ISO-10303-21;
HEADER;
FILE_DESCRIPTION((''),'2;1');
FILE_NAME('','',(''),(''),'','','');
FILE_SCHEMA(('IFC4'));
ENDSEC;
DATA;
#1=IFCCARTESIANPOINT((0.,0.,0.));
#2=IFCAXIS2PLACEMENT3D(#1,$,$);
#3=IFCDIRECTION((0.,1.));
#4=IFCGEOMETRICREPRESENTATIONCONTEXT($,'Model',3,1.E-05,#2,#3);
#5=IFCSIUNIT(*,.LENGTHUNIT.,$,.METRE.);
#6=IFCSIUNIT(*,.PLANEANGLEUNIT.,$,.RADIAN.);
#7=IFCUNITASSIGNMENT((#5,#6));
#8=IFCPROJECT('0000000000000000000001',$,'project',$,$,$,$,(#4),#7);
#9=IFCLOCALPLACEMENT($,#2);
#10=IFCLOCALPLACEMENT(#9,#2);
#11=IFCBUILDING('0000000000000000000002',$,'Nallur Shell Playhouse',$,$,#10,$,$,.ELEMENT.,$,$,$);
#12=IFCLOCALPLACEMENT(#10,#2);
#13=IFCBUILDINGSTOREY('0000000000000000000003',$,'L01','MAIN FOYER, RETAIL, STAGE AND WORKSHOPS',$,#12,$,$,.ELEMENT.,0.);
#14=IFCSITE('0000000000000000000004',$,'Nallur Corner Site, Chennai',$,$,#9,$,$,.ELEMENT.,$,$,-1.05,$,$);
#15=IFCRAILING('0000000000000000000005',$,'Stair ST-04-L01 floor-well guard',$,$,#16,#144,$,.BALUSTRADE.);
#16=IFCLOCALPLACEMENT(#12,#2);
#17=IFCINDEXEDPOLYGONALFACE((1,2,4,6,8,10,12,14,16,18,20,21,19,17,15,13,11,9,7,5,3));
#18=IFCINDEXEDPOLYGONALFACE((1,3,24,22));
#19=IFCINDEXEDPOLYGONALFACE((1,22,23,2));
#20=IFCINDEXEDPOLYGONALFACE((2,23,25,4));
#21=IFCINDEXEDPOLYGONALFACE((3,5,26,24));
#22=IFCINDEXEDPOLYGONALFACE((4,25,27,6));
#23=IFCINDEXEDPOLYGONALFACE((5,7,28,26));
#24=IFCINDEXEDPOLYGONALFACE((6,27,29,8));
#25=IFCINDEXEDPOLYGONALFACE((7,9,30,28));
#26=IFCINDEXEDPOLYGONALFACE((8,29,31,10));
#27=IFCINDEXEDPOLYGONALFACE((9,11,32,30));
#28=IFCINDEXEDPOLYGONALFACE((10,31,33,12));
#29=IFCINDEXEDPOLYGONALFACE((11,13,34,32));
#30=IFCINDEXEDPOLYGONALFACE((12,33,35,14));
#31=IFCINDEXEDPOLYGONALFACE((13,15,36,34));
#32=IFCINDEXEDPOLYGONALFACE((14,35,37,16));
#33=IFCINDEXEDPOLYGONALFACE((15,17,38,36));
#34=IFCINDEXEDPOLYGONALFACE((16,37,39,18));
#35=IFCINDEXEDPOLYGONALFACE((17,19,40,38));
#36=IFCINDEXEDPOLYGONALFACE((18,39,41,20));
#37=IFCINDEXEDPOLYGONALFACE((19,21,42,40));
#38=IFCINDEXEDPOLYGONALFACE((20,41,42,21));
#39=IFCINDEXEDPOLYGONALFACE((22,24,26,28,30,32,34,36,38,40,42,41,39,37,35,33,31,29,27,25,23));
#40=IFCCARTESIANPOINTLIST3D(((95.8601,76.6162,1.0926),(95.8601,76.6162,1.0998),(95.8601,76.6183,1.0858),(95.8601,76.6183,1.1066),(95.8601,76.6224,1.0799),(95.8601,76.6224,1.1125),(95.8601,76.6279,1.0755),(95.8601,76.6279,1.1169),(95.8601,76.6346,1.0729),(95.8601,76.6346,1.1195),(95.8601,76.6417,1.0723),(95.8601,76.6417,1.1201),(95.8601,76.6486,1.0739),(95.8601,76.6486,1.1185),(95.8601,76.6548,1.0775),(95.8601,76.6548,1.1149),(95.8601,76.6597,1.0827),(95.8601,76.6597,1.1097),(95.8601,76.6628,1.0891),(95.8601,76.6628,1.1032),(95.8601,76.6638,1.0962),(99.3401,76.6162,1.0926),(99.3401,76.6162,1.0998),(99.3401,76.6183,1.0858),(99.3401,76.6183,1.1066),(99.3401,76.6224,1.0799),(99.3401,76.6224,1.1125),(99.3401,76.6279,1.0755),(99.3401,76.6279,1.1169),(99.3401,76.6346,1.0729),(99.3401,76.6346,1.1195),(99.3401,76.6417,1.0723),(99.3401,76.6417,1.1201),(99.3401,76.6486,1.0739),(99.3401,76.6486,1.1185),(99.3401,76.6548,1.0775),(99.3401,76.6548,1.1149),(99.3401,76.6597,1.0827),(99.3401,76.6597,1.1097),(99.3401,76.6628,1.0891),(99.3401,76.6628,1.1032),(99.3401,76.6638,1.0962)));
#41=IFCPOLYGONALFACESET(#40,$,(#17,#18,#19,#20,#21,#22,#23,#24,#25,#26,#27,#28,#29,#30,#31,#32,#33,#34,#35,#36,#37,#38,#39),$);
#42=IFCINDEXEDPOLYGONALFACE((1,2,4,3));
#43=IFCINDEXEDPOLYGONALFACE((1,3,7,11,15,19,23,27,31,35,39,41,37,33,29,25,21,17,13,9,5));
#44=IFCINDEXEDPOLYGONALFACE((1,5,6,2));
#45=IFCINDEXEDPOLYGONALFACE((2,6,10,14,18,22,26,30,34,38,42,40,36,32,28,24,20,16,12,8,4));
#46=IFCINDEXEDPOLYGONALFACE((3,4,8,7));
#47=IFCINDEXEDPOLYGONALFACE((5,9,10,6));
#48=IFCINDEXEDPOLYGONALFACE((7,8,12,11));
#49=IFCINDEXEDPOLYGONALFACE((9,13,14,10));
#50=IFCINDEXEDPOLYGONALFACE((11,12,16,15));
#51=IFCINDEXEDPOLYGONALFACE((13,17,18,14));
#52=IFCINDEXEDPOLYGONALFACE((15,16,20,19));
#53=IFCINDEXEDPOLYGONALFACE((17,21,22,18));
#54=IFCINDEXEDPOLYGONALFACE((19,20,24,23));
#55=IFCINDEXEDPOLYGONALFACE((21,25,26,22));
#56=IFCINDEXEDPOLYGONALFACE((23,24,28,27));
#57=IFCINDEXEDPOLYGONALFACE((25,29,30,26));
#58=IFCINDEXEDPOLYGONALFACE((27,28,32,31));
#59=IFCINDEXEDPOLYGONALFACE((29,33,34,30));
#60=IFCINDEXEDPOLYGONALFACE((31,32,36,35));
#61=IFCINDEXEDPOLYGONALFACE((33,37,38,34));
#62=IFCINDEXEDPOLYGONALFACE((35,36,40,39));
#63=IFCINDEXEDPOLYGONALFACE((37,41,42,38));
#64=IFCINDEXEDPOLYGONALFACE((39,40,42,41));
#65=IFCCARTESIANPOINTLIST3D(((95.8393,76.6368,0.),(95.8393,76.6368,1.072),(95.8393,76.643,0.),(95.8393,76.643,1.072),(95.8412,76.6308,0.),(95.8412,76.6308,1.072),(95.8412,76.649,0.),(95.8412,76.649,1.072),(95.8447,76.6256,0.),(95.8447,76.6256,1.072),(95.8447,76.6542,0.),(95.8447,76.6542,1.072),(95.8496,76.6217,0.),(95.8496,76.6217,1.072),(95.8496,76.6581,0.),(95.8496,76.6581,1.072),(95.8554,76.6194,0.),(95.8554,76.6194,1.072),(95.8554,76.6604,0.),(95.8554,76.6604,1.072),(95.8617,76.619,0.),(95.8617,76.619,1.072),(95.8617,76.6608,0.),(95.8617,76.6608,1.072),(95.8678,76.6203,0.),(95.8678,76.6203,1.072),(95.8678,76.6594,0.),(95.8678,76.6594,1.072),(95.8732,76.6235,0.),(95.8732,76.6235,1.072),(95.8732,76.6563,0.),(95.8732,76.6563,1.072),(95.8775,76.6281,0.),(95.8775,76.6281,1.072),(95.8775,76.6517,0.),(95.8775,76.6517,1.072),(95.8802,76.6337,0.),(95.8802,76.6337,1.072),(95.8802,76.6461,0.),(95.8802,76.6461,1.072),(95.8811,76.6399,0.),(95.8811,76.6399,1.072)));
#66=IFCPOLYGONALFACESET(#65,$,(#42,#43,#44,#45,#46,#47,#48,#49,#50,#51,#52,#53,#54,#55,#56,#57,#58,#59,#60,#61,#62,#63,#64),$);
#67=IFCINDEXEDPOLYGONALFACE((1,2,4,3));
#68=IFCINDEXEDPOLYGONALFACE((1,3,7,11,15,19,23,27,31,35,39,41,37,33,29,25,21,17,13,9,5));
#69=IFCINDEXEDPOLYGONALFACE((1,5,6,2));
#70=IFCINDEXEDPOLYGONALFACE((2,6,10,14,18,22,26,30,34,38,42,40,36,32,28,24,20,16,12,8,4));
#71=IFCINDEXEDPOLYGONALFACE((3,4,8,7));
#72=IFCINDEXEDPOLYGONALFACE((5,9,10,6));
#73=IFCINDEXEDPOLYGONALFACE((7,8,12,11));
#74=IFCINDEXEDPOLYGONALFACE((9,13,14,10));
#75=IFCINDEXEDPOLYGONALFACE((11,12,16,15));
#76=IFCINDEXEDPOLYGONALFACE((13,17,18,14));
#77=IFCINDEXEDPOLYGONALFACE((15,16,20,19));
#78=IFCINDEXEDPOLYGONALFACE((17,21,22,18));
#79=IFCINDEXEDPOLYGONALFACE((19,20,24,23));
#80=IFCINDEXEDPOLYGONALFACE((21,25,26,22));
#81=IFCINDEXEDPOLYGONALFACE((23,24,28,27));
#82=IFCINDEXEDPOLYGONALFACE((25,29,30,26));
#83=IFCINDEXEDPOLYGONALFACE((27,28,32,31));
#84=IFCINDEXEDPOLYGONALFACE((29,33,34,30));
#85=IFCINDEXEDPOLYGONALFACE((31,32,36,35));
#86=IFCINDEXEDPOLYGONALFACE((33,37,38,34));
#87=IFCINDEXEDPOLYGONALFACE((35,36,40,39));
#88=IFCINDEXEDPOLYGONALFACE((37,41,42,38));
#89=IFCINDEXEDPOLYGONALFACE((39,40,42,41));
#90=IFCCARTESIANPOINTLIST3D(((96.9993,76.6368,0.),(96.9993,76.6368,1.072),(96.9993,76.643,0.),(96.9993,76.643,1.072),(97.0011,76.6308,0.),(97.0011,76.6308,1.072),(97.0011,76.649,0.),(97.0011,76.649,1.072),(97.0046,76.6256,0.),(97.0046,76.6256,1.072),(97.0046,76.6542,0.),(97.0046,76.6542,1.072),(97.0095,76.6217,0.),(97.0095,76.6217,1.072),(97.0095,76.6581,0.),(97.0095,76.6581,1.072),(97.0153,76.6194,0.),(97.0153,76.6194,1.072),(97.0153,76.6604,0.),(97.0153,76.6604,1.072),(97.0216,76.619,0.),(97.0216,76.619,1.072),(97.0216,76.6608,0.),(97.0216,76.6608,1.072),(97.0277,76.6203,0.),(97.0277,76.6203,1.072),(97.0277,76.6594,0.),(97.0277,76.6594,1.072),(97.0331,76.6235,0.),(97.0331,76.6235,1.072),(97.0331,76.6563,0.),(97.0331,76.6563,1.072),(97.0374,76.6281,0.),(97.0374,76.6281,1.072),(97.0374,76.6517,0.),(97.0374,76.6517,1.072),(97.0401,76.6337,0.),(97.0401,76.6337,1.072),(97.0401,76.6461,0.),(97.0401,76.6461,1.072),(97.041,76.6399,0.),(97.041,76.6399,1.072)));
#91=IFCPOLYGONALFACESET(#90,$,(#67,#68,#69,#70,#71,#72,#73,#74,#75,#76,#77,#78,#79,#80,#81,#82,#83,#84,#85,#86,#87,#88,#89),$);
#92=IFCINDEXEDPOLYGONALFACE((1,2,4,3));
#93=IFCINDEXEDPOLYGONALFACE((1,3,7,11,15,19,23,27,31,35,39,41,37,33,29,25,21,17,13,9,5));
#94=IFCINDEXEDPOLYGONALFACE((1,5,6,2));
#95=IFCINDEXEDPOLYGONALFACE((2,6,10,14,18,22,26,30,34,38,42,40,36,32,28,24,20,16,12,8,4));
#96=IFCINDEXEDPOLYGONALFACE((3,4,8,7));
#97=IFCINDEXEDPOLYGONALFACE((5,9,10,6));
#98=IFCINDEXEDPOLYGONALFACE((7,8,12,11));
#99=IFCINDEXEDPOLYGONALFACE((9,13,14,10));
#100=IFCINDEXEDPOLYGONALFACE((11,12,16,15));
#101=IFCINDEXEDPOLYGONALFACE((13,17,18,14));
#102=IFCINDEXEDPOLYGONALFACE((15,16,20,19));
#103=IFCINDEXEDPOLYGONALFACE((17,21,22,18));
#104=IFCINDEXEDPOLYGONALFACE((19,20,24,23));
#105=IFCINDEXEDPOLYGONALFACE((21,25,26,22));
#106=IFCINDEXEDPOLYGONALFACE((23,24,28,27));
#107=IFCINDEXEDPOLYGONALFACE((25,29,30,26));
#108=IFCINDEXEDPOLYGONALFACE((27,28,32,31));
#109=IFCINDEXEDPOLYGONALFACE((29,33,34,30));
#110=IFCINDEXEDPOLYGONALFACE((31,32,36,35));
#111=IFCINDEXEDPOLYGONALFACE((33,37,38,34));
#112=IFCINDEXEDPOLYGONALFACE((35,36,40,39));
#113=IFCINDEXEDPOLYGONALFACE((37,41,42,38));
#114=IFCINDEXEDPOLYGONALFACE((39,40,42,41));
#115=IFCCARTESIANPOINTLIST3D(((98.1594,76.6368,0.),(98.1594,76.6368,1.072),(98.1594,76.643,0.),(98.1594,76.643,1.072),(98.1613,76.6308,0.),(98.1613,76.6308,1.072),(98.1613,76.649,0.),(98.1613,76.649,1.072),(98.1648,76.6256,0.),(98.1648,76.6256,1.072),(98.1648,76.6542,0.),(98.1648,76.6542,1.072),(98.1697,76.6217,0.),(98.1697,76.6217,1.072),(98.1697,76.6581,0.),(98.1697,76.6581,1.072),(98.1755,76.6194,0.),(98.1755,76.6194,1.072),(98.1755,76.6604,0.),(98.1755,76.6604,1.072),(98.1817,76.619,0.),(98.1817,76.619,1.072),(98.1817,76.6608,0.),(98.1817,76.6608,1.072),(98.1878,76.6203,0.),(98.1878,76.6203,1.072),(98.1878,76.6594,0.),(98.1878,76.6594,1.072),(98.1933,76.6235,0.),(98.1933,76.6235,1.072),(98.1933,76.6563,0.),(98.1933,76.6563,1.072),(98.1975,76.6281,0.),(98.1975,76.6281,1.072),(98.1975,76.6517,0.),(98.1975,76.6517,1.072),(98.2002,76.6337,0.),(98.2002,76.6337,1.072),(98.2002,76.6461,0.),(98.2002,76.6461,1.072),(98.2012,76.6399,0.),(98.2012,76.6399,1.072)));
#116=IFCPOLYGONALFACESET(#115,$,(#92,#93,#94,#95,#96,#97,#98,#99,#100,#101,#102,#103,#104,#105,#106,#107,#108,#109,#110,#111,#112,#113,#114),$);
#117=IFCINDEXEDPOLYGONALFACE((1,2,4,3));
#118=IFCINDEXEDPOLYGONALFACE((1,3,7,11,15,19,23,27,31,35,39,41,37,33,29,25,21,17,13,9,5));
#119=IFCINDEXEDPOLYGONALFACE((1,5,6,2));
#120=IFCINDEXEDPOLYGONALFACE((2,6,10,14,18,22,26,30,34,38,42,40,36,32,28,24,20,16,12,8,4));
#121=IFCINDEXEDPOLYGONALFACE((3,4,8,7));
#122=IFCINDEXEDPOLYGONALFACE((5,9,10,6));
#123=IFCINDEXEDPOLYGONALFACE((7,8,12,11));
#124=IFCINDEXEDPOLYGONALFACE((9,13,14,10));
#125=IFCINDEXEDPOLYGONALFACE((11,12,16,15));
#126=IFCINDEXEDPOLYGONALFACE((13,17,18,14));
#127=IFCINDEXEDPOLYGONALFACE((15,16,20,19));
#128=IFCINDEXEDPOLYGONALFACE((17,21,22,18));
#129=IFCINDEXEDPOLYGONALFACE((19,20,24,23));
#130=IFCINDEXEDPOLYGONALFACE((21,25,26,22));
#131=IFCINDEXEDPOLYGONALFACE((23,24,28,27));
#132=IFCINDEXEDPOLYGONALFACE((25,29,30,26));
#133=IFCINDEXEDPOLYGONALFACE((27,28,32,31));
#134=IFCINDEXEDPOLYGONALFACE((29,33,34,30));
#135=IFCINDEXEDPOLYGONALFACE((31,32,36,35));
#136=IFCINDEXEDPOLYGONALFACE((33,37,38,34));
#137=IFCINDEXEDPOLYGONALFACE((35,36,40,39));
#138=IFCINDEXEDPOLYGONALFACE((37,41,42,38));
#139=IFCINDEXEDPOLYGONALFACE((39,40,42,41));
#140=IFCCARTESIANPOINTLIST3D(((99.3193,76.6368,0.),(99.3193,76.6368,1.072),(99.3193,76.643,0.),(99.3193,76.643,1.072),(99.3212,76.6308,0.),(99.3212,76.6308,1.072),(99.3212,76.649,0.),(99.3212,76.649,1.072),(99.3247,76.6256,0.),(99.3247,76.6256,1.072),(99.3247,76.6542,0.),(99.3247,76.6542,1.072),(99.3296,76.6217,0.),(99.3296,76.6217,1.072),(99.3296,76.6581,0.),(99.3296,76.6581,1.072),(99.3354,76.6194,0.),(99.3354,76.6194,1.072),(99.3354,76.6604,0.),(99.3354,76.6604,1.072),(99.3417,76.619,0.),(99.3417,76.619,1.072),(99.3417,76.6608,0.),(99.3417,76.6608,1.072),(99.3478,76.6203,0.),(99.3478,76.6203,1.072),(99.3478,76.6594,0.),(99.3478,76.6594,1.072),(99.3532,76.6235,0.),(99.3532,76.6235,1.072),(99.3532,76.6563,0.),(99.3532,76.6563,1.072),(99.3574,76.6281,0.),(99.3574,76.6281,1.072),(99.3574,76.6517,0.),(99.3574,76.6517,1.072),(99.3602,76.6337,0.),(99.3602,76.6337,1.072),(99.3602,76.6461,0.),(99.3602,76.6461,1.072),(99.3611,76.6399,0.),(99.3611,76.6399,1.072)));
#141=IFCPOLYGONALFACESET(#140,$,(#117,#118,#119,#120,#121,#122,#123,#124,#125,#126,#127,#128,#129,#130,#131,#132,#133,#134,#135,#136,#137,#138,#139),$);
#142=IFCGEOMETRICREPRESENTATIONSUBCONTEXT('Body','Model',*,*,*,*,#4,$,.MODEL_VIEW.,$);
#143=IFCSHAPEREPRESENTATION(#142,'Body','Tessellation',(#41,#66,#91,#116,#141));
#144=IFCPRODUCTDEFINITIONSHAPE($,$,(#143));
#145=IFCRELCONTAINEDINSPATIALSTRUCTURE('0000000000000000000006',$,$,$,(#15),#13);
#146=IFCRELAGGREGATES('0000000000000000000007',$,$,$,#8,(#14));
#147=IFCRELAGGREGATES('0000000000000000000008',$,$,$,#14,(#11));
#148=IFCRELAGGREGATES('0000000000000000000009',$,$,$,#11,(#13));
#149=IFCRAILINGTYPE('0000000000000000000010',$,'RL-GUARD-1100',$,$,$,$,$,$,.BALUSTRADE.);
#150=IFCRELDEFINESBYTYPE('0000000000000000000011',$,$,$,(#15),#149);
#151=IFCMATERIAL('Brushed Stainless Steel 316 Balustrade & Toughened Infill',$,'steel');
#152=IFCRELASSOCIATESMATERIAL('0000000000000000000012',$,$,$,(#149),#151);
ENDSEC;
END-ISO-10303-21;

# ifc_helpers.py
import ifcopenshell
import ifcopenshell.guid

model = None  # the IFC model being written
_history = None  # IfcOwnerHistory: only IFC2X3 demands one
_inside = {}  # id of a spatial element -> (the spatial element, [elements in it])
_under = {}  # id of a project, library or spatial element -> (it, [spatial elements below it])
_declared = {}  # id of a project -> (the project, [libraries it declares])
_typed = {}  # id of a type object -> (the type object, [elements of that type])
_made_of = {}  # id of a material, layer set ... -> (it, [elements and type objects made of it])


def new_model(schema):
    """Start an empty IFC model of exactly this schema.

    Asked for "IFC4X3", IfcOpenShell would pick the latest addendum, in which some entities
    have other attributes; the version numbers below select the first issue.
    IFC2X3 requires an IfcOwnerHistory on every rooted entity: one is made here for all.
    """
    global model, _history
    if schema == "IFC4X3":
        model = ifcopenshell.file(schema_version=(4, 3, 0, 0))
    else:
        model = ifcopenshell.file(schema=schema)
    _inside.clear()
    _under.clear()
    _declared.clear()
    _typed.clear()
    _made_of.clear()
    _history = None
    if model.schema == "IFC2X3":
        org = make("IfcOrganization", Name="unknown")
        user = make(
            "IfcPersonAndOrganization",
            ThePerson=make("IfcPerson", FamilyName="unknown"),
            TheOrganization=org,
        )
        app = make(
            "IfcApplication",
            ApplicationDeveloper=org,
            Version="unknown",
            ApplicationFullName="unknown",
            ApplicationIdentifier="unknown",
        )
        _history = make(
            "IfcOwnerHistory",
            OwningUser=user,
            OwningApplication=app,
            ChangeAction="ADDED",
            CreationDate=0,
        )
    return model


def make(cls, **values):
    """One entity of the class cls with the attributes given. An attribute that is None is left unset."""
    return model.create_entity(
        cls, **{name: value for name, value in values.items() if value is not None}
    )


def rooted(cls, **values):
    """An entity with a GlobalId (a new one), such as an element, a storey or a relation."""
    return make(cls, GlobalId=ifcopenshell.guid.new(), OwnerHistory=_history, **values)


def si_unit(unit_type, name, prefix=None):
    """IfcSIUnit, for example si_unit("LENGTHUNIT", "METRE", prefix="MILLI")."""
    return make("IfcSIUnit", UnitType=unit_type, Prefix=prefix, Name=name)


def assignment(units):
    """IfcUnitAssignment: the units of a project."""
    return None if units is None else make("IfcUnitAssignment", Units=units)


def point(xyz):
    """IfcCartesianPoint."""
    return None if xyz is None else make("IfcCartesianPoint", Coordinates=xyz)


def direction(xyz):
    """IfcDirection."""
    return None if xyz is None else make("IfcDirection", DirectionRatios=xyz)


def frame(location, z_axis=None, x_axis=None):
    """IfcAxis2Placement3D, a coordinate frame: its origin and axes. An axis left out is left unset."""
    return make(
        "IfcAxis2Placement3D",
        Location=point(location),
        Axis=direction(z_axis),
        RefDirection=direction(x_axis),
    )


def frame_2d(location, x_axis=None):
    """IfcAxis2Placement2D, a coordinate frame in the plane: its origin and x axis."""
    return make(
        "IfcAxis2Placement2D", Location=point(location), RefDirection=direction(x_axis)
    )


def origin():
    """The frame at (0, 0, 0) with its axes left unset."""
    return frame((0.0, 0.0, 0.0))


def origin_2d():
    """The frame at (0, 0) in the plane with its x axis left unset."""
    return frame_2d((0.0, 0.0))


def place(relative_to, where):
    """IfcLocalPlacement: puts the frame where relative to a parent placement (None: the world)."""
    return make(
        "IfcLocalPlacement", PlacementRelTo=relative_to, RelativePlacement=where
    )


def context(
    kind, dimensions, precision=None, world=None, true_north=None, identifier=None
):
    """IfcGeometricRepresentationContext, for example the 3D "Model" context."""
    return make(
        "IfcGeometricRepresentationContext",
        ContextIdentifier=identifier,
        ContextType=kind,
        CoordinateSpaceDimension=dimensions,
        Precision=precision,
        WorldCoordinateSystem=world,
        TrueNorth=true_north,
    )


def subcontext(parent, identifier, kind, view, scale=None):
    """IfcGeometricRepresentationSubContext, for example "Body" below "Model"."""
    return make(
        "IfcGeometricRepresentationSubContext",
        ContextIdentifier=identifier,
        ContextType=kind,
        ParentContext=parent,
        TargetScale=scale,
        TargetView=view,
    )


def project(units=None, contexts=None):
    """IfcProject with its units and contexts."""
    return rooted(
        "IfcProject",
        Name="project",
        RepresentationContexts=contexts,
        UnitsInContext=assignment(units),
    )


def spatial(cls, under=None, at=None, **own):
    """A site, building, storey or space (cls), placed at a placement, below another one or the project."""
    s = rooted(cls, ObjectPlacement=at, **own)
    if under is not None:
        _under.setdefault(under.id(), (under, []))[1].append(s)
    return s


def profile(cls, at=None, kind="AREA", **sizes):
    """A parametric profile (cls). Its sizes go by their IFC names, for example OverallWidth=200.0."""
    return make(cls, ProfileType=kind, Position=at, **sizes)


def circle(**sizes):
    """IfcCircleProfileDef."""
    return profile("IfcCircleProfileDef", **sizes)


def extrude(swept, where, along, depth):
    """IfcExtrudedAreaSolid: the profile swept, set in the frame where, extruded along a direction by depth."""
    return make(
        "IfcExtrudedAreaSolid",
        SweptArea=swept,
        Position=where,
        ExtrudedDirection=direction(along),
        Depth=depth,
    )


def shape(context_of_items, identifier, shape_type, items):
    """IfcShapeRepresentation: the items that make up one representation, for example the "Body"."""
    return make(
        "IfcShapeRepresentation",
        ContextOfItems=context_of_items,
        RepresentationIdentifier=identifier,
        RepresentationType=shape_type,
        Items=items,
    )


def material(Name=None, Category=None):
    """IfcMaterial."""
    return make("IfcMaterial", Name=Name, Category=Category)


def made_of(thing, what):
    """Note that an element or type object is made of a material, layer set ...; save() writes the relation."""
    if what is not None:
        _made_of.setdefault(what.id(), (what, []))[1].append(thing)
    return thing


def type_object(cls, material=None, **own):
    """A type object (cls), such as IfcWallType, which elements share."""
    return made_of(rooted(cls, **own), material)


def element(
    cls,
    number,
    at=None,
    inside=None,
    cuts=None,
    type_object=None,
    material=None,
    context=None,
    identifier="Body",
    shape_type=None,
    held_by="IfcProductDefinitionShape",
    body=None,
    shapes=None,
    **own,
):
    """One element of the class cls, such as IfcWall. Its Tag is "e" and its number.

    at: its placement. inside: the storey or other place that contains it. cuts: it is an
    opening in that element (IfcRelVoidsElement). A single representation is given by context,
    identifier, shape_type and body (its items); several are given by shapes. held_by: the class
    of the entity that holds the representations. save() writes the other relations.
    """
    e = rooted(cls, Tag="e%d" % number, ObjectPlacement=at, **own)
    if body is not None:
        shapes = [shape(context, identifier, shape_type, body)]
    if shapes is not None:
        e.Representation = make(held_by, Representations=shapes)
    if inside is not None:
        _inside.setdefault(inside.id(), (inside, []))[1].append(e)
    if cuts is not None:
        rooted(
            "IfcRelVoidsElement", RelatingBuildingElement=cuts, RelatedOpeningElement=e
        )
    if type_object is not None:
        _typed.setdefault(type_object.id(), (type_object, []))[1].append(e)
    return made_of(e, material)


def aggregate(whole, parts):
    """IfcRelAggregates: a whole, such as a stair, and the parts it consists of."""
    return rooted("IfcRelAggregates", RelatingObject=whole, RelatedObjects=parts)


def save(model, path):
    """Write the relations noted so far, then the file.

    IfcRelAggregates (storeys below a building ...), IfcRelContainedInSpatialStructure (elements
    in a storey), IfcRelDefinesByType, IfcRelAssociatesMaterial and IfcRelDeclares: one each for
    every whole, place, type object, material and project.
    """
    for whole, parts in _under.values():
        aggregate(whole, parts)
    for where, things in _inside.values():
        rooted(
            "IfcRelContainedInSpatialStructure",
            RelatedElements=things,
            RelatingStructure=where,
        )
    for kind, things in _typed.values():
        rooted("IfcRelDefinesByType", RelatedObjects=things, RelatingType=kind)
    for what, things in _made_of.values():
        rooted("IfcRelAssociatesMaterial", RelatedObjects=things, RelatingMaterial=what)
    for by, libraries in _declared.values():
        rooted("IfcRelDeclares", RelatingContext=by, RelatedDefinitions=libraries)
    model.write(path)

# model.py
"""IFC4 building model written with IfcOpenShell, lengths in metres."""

from ifc_helpers import new_model, si_unit, direction, frame, origin, origin_2d, place, context, subcontext, project, spatial, circle, extrude, material, type_object, element, save


model = new_model("IFC4")

# Units and contexts
model_context = context("Model", 3, precision=1e-05, world=origin(), true_north=direction((0.0, 1.0)))
body_context = subcontext(model_context, "Body", "Model", "MODEL_VIEW")
ifc_project = project(units=[si_unit("LENGTHUNIT", "METRE"), si_unit("PLANEANGLEUNIT", "RADIAN")], contexts=[model_context])

# Site, building, storey
site_placement = place(None, origin())
site = spatial("IfcSite", under=ifc_project, at=site_placement, Name="Nallur Corner Site, Chennai", CompositionType="ELEMENT", RefElevation=-1.05)
building_placement = place(site_placement, origin())
building = spatial("IfcBuilding", under=site, at=building_placement, Name="Nallur Shell Playhouse", CompositionType="ELEMENT")
storey_placement = place(building_placement, origin())
storey = spatial("IfcBuildingStorey", under=building, at=storey_placement, Name="L01", Description="MAIN FOYER, RETAIL, STAGE AND WORKSHOPS", CompositionType="ELEMENT", Elevation=0.0)

# Railing
ifc_material_1 = material(Name="Brushed Stainless Steel 316 Balustrade & Toughened Infill", Category="steel")
railing_type_1 = type_object("IfcRailingType", Name="RL-GUARD-1100", PredefinedType="BALUSTRADE", material=ifc_material_1)
railing_1_placement = place(storey_placement, frame((95.8601, 76.6399, 0.0)))
element("IfcRailing", 1, at=railing_1_placement, inside=storey, type_object=railing_type_1, Name="Stair ST-04-L01 floor-well guard", PredefinedType="BALUSTRADE", context=body_context, shape_type="SweptSolid", body=[
    extrude(circle(Radius=0.0239, at=origin_2d()), frame((0.0, 0.0, 1.0962), z_axis=(1.0, 0.0, 0.0), x_axis=(0.0, 1.0, 0.0)), (0.0, 0.0, 1.0), 3.48),
    extrude(circle(Radius=0.021, at=origin_2d()), origin(), (0.0, 0.0, 1.0), 1.072),
    extrude(circle(Radius=0.021, at=origin_2d()), frame((1.1599, 0.0, 0.0)), (0.0, 0.0, 1.0), 1.072),
    extrude(circle(Radius=0.021, at=origin_2d()), frame((2.3201, 0.0, 0.0)), (0.0, 0.0, 1.0), 1.072),
    extrude(circle(Radius=0.021, at=origin_2d()), frame((3.48, 0.0, 0.0)), (0.0, 0.0, 1.0), 1.072),
])

save(model, "model.ifc")
